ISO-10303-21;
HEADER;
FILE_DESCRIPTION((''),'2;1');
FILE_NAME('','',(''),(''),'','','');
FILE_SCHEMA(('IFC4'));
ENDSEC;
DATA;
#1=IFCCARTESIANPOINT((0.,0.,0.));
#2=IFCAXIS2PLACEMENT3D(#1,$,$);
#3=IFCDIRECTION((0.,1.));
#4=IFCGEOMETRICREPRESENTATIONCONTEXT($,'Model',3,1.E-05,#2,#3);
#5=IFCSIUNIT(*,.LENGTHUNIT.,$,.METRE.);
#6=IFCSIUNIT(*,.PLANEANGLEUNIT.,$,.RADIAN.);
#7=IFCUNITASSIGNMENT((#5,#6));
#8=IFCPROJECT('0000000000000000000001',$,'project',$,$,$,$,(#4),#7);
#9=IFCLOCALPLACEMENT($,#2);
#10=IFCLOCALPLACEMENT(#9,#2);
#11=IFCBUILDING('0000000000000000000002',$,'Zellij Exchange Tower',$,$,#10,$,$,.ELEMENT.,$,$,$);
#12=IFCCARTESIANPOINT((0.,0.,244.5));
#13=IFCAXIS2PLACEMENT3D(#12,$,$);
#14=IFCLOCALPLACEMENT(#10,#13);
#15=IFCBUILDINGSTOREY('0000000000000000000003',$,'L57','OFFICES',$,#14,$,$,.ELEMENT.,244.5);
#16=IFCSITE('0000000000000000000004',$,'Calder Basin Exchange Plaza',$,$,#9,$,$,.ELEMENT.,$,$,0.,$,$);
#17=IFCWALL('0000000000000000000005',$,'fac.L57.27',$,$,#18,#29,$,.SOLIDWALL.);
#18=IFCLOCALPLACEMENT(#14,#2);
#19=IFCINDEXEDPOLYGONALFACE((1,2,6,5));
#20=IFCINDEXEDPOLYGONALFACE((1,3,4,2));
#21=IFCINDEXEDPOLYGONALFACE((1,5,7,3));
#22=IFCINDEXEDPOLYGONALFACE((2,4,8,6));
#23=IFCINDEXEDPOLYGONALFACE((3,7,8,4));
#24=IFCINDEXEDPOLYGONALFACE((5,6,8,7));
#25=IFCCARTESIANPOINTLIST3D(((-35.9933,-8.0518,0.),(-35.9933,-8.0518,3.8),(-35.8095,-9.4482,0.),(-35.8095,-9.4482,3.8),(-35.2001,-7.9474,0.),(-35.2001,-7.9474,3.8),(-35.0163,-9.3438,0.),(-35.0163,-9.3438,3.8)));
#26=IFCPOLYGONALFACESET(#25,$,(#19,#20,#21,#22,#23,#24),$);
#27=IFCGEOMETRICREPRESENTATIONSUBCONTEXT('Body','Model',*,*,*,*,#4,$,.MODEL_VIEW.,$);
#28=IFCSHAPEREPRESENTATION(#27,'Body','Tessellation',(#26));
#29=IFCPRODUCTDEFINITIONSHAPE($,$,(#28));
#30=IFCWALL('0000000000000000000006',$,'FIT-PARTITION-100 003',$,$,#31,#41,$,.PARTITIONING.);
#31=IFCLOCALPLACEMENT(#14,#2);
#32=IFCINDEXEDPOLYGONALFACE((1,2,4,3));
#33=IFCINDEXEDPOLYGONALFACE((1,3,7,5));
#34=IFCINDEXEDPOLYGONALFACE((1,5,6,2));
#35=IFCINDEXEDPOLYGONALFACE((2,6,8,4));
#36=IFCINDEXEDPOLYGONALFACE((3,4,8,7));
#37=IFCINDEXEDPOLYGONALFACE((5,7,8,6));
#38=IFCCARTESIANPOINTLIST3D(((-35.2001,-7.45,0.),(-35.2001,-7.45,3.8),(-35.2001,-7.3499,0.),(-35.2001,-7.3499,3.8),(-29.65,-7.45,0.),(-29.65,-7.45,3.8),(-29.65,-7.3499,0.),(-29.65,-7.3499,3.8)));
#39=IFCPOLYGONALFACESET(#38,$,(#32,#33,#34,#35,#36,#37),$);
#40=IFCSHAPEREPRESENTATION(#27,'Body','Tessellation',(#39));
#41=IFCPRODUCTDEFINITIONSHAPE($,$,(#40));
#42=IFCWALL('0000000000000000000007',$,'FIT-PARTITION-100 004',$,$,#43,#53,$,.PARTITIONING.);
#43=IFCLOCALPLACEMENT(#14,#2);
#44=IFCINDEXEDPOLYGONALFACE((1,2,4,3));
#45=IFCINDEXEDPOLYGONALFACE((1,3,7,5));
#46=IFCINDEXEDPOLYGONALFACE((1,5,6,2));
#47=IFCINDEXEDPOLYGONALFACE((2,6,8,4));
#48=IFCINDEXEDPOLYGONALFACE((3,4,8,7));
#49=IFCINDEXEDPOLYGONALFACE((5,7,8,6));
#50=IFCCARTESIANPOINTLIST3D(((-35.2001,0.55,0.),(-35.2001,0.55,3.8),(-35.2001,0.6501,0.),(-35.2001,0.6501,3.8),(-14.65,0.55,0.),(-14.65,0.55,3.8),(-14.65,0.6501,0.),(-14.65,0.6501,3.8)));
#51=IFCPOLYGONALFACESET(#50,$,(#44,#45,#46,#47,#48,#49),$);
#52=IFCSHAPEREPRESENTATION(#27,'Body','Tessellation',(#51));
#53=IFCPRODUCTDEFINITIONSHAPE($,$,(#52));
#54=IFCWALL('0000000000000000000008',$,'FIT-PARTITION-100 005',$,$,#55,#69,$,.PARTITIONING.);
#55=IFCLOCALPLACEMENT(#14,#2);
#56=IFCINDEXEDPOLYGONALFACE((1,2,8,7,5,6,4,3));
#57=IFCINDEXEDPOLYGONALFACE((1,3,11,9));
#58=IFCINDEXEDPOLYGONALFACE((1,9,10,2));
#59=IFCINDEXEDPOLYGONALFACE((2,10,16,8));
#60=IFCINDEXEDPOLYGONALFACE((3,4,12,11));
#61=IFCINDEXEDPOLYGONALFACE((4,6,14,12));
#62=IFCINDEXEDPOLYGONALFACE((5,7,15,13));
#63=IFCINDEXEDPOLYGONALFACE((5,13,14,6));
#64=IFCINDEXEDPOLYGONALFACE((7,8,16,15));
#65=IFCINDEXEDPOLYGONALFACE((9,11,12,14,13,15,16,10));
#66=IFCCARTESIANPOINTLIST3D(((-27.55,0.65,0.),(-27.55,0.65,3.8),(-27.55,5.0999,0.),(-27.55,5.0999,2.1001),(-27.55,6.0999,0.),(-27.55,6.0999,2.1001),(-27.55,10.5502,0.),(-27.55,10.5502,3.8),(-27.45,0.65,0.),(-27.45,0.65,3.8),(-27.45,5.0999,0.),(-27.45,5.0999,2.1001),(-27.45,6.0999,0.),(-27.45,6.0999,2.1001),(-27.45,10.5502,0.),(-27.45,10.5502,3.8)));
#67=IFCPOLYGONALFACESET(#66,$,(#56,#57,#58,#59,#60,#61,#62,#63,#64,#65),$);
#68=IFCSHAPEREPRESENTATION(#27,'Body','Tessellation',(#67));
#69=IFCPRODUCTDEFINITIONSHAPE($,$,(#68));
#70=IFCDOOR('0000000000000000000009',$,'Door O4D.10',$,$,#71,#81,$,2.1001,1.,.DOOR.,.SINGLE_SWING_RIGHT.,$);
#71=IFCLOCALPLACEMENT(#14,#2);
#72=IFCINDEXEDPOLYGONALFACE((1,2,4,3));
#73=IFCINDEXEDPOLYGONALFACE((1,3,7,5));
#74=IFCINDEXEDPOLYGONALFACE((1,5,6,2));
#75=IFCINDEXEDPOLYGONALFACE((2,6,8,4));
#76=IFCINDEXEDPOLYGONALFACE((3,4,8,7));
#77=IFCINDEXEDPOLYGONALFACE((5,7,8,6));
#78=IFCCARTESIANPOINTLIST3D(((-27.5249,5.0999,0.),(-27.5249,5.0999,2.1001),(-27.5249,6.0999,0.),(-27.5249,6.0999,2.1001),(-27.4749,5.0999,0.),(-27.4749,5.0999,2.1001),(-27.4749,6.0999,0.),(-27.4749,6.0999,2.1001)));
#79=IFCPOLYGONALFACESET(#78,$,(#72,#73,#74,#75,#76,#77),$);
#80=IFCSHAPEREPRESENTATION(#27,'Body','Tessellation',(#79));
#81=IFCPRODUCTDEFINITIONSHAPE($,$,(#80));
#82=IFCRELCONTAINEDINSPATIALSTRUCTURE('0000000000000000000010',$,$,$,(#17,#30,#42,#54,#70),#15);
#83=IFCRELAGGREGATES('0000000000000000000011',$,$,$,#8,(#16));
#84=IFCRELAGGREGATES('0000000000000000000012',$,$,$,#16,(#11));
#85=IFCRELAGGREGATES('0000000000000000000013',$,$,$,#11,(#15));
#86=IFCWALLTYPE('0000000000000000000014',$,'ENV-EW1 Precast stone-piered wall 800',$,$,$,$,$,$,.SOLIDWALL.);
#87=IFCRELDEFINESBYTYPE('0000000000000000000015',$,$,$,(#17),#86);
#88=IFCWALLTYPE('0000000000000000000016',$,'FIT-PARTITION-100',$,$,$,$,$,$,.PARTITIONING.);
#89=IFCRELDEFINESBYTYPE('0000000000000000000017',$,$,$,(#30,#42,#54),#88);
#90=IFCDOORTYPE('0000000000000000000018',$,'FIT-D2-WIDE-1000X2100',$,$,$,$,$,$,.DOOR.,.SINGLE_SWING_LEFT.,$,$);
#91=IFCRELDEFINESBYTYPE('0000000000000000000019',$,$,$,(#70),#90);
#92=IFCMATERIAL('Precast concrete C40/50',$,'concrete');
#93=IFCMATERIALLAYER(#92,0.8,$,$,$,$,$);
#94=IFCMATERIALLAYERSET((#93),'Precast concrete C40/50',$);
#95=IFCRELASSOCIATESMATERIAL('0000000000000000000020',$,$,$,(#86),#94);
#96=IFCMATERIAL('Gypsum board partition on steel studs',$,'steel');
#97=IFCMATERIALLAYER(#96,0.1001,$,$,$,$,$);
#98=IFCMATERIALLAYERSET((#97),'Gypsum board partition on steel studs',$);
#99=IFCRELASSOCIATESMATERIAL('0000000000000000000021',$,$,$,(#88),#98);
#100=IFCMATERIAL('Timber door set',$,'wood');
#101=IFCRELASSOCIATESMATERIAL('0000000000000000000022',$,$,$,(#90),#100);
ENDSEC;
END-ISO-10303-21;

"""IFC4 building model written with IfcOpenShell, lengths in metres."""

from ifc_helpers import new_model, si_unit, direction, frame, frame_2d, origin, place, context, subcontext, project, spatial, rectangle, extrude, material, layer, layer_set, type_object, element, fill, save


model = new_model("IFC4")

# Units and contexts
model_context = context("Model", 3, precision=1e-05, world=origin(), true_north=direction((0.0, 1.0)))
body_context = subcontext(model_context, "Body", "Model", "MODEL_VIEW")
ifc_project = project(units=[si_unit("LENGTHUNIT", "METRE"), si_unit("PLANEANGLEUNIT", "RADIAN")], contexts=[model_context])

# Site, building, storey
site_placement = place(None, origin())
site = spatial("IfcSite", under=ifc_project, at=site_placement, Name="Calder Basin Exchange Plaza", CompositionType="ELEMENT", RefElevation=0.0)
building_placement = place(site_placement, origin())
building = spatial("IfcBuilding", under=site, at=building_placement, Name="Zellij Exchange Tower", CompositionType="ELEMENT")
storey_placement = place(building_placement, frame((0.0, 0.0, 244.5)))
storey = spatial("IfcBuildingStorey", under=building, at=storey_placement, Name="L57", Description="OFFICES", CompositionType="ELEMENT", Elevation=244.5)

# Walls
ifc_material_1 = material(Name="Precast concrete C40/50", Category="concrete")
ifc_layer_1 = layer(ifc_material_1, 0.8)
ifc_layer_set_1 = layer_set([ifc_layer_1], Name="Precast concrete C40/50")
wall_type_1 = type_object("IfcWallType", Name="ENV-EW1 Precast stone-piered wall 800", PredefinedType="SOLIDWALL", material=ifc_layer_set_1)
wall_1_placement = place(storey_placement, frame((-35.5967, -7.9998, 0.0), z_axis=(0.0, 0.0, 1.0), x_axis=(0.130517, -0.991446, 0.0)))
element("IfcWall", 1, at=wall_1_placement, inside=storey, type_object=wall_type_1, Name="fac.L57.27", PredefinedType="SOLIDWALL", context=body_context, shape_type="SweptSolid", body=[
    extrude(rectangle(XDim=1.4084, YDim=0.8, at=frame_2d((0.7041, 0.0))), origin(), (0.0, 0.0, 1.0), 3.8),
])
ifc_material_2 = material(Name="Gypsum board partition on steel studs", Category="steel")
ifc_layer_2 = layer(ifc_material_2, 0.1001)
ifc_layer_set_2 = layer_set([ifc_layer_2], Name="Gypsum board partition on steel studs")
wall_type_2 = type_object("IfcWallType", Name="FIT-PARTITION-100", PredefinedType="PARTITIONING", material=ifc_layer_set_2)
wall_2_placement = place(storey_placement, frame((-35.2, -7.3999, 0.0), z_axis=(0.0, 0.0, 1.0), x_axis=(1.0, 0.0, 0.0)))
element("IfcWall", 2, at=wall_2_placement, inside=storey, type_object=wall_type_2, Name="FIT-PARTITION-100 003", PredefinedType="PARTITIONING", context=body_context, shape_type="SweptSolid", body=[
    extrude(rectangle(XDim=5.55, YDim=0.1001, at=frame_2d((2.7749, 0.0))), origin(), (0.0, 0.0, 1.0), 3.8),
])
wall_3_placement = place(storey_placement, frame((-35.2, 0.6001, 0.0), z_axis=(0.0, 0.0, 1.0), x_axis=(1.0, 0.0, 0.0)))
element("IfcWall", 3, at=wall_3_placement, inside=storey, type_object=wall_type_2, Name="FIT-PARTITION-100 004", PredefinedType="PARTITIONING", context=body_context, shape_type="SweptSolid", body=[
    extrude(rectangle(XDim=20.55, YDim=0.1001, at=frame_2d((10.2749, 0.0))), origin(), (0.0, 0.0, 1.0), 3.8),
])

# Wall, opening, door
wall_4_placement = place(storey_placement, frame((-27.5, 0.6499, 0.0), z_axis=(0.0, 0.0, 1.0), x_axis=(0.0, 1.0, 0.0)))
wall_4 = element("IfcWall", 4, at=wall_4_placement, inside=storey, type_object=wall_type_2, Name="FIT-PARTITION-100 005", PredefinedType="PARTITIONING", context=body_context, shape_type="SweptSolid", body=[
    extrude(rectangle(XDim=9.9001, YDim=0.1001, at=frame_2d((4.9502, 0.0))), origin(), (0.0, 0.0, 1.0), 3.8),
])
opening_1_placement = place(wall_4_placement, frame((4.45, 0.0, 0.0)))
opening_1 = element("IfcOpeningElement", 5, at=opening_1_placement, cuts=wall_4, PredefinedType="OPENING", context=body_context, shape_type="SweptSolid", body=[
    extrude(rectangle(XDim=1.0, YDim=2.1001, at=frame_2d((0.5, 1.05))), frame((0.0, 0.062, 0.0), z_axis=(0.0, -1.0, 0.0), x_axis=(1.0, 0.0, 0.0)), (0.0, 0.0, 1.0), 0.124),
])
ifc_material_3 = material(Name="Timber door set", Category="wood")
door_type_1 = type_object("IfcDoorType", Name="FIT-D2-WIDE-1000X2100", OperationType="SINGLE_SWING_LEFT", PredefinedType="DOOR", material=ifc_material_3)
door_1_placement = place(opening_1_placement, origin())
door_1 = element("IfcDoor", 6, at=door_1_placement, inside=storey, type_object=door_type_1, Name="Door O4D.10", OperationType="SINGLE_SWING_RIGHT", OverallHeight=2.1001, OverallWidth=1.0, PredefinedType="DOOR", context=body_context, shape_type="SweptSolid", body=[
    extrude(rectangle(XDim=1.0, YDim=2.1001, at=frame_2d((0.5, 1.05))), frame((0.0, 0.0249, 0.0), z_axis=(0.0, -1.0, 0.0), x_axis=(1.0, 0.0, 0.0)), (0.0, 0.0, 1.0), 0.05),
])
fill(opening_1, door_1)

save(model, "model.ifc")
